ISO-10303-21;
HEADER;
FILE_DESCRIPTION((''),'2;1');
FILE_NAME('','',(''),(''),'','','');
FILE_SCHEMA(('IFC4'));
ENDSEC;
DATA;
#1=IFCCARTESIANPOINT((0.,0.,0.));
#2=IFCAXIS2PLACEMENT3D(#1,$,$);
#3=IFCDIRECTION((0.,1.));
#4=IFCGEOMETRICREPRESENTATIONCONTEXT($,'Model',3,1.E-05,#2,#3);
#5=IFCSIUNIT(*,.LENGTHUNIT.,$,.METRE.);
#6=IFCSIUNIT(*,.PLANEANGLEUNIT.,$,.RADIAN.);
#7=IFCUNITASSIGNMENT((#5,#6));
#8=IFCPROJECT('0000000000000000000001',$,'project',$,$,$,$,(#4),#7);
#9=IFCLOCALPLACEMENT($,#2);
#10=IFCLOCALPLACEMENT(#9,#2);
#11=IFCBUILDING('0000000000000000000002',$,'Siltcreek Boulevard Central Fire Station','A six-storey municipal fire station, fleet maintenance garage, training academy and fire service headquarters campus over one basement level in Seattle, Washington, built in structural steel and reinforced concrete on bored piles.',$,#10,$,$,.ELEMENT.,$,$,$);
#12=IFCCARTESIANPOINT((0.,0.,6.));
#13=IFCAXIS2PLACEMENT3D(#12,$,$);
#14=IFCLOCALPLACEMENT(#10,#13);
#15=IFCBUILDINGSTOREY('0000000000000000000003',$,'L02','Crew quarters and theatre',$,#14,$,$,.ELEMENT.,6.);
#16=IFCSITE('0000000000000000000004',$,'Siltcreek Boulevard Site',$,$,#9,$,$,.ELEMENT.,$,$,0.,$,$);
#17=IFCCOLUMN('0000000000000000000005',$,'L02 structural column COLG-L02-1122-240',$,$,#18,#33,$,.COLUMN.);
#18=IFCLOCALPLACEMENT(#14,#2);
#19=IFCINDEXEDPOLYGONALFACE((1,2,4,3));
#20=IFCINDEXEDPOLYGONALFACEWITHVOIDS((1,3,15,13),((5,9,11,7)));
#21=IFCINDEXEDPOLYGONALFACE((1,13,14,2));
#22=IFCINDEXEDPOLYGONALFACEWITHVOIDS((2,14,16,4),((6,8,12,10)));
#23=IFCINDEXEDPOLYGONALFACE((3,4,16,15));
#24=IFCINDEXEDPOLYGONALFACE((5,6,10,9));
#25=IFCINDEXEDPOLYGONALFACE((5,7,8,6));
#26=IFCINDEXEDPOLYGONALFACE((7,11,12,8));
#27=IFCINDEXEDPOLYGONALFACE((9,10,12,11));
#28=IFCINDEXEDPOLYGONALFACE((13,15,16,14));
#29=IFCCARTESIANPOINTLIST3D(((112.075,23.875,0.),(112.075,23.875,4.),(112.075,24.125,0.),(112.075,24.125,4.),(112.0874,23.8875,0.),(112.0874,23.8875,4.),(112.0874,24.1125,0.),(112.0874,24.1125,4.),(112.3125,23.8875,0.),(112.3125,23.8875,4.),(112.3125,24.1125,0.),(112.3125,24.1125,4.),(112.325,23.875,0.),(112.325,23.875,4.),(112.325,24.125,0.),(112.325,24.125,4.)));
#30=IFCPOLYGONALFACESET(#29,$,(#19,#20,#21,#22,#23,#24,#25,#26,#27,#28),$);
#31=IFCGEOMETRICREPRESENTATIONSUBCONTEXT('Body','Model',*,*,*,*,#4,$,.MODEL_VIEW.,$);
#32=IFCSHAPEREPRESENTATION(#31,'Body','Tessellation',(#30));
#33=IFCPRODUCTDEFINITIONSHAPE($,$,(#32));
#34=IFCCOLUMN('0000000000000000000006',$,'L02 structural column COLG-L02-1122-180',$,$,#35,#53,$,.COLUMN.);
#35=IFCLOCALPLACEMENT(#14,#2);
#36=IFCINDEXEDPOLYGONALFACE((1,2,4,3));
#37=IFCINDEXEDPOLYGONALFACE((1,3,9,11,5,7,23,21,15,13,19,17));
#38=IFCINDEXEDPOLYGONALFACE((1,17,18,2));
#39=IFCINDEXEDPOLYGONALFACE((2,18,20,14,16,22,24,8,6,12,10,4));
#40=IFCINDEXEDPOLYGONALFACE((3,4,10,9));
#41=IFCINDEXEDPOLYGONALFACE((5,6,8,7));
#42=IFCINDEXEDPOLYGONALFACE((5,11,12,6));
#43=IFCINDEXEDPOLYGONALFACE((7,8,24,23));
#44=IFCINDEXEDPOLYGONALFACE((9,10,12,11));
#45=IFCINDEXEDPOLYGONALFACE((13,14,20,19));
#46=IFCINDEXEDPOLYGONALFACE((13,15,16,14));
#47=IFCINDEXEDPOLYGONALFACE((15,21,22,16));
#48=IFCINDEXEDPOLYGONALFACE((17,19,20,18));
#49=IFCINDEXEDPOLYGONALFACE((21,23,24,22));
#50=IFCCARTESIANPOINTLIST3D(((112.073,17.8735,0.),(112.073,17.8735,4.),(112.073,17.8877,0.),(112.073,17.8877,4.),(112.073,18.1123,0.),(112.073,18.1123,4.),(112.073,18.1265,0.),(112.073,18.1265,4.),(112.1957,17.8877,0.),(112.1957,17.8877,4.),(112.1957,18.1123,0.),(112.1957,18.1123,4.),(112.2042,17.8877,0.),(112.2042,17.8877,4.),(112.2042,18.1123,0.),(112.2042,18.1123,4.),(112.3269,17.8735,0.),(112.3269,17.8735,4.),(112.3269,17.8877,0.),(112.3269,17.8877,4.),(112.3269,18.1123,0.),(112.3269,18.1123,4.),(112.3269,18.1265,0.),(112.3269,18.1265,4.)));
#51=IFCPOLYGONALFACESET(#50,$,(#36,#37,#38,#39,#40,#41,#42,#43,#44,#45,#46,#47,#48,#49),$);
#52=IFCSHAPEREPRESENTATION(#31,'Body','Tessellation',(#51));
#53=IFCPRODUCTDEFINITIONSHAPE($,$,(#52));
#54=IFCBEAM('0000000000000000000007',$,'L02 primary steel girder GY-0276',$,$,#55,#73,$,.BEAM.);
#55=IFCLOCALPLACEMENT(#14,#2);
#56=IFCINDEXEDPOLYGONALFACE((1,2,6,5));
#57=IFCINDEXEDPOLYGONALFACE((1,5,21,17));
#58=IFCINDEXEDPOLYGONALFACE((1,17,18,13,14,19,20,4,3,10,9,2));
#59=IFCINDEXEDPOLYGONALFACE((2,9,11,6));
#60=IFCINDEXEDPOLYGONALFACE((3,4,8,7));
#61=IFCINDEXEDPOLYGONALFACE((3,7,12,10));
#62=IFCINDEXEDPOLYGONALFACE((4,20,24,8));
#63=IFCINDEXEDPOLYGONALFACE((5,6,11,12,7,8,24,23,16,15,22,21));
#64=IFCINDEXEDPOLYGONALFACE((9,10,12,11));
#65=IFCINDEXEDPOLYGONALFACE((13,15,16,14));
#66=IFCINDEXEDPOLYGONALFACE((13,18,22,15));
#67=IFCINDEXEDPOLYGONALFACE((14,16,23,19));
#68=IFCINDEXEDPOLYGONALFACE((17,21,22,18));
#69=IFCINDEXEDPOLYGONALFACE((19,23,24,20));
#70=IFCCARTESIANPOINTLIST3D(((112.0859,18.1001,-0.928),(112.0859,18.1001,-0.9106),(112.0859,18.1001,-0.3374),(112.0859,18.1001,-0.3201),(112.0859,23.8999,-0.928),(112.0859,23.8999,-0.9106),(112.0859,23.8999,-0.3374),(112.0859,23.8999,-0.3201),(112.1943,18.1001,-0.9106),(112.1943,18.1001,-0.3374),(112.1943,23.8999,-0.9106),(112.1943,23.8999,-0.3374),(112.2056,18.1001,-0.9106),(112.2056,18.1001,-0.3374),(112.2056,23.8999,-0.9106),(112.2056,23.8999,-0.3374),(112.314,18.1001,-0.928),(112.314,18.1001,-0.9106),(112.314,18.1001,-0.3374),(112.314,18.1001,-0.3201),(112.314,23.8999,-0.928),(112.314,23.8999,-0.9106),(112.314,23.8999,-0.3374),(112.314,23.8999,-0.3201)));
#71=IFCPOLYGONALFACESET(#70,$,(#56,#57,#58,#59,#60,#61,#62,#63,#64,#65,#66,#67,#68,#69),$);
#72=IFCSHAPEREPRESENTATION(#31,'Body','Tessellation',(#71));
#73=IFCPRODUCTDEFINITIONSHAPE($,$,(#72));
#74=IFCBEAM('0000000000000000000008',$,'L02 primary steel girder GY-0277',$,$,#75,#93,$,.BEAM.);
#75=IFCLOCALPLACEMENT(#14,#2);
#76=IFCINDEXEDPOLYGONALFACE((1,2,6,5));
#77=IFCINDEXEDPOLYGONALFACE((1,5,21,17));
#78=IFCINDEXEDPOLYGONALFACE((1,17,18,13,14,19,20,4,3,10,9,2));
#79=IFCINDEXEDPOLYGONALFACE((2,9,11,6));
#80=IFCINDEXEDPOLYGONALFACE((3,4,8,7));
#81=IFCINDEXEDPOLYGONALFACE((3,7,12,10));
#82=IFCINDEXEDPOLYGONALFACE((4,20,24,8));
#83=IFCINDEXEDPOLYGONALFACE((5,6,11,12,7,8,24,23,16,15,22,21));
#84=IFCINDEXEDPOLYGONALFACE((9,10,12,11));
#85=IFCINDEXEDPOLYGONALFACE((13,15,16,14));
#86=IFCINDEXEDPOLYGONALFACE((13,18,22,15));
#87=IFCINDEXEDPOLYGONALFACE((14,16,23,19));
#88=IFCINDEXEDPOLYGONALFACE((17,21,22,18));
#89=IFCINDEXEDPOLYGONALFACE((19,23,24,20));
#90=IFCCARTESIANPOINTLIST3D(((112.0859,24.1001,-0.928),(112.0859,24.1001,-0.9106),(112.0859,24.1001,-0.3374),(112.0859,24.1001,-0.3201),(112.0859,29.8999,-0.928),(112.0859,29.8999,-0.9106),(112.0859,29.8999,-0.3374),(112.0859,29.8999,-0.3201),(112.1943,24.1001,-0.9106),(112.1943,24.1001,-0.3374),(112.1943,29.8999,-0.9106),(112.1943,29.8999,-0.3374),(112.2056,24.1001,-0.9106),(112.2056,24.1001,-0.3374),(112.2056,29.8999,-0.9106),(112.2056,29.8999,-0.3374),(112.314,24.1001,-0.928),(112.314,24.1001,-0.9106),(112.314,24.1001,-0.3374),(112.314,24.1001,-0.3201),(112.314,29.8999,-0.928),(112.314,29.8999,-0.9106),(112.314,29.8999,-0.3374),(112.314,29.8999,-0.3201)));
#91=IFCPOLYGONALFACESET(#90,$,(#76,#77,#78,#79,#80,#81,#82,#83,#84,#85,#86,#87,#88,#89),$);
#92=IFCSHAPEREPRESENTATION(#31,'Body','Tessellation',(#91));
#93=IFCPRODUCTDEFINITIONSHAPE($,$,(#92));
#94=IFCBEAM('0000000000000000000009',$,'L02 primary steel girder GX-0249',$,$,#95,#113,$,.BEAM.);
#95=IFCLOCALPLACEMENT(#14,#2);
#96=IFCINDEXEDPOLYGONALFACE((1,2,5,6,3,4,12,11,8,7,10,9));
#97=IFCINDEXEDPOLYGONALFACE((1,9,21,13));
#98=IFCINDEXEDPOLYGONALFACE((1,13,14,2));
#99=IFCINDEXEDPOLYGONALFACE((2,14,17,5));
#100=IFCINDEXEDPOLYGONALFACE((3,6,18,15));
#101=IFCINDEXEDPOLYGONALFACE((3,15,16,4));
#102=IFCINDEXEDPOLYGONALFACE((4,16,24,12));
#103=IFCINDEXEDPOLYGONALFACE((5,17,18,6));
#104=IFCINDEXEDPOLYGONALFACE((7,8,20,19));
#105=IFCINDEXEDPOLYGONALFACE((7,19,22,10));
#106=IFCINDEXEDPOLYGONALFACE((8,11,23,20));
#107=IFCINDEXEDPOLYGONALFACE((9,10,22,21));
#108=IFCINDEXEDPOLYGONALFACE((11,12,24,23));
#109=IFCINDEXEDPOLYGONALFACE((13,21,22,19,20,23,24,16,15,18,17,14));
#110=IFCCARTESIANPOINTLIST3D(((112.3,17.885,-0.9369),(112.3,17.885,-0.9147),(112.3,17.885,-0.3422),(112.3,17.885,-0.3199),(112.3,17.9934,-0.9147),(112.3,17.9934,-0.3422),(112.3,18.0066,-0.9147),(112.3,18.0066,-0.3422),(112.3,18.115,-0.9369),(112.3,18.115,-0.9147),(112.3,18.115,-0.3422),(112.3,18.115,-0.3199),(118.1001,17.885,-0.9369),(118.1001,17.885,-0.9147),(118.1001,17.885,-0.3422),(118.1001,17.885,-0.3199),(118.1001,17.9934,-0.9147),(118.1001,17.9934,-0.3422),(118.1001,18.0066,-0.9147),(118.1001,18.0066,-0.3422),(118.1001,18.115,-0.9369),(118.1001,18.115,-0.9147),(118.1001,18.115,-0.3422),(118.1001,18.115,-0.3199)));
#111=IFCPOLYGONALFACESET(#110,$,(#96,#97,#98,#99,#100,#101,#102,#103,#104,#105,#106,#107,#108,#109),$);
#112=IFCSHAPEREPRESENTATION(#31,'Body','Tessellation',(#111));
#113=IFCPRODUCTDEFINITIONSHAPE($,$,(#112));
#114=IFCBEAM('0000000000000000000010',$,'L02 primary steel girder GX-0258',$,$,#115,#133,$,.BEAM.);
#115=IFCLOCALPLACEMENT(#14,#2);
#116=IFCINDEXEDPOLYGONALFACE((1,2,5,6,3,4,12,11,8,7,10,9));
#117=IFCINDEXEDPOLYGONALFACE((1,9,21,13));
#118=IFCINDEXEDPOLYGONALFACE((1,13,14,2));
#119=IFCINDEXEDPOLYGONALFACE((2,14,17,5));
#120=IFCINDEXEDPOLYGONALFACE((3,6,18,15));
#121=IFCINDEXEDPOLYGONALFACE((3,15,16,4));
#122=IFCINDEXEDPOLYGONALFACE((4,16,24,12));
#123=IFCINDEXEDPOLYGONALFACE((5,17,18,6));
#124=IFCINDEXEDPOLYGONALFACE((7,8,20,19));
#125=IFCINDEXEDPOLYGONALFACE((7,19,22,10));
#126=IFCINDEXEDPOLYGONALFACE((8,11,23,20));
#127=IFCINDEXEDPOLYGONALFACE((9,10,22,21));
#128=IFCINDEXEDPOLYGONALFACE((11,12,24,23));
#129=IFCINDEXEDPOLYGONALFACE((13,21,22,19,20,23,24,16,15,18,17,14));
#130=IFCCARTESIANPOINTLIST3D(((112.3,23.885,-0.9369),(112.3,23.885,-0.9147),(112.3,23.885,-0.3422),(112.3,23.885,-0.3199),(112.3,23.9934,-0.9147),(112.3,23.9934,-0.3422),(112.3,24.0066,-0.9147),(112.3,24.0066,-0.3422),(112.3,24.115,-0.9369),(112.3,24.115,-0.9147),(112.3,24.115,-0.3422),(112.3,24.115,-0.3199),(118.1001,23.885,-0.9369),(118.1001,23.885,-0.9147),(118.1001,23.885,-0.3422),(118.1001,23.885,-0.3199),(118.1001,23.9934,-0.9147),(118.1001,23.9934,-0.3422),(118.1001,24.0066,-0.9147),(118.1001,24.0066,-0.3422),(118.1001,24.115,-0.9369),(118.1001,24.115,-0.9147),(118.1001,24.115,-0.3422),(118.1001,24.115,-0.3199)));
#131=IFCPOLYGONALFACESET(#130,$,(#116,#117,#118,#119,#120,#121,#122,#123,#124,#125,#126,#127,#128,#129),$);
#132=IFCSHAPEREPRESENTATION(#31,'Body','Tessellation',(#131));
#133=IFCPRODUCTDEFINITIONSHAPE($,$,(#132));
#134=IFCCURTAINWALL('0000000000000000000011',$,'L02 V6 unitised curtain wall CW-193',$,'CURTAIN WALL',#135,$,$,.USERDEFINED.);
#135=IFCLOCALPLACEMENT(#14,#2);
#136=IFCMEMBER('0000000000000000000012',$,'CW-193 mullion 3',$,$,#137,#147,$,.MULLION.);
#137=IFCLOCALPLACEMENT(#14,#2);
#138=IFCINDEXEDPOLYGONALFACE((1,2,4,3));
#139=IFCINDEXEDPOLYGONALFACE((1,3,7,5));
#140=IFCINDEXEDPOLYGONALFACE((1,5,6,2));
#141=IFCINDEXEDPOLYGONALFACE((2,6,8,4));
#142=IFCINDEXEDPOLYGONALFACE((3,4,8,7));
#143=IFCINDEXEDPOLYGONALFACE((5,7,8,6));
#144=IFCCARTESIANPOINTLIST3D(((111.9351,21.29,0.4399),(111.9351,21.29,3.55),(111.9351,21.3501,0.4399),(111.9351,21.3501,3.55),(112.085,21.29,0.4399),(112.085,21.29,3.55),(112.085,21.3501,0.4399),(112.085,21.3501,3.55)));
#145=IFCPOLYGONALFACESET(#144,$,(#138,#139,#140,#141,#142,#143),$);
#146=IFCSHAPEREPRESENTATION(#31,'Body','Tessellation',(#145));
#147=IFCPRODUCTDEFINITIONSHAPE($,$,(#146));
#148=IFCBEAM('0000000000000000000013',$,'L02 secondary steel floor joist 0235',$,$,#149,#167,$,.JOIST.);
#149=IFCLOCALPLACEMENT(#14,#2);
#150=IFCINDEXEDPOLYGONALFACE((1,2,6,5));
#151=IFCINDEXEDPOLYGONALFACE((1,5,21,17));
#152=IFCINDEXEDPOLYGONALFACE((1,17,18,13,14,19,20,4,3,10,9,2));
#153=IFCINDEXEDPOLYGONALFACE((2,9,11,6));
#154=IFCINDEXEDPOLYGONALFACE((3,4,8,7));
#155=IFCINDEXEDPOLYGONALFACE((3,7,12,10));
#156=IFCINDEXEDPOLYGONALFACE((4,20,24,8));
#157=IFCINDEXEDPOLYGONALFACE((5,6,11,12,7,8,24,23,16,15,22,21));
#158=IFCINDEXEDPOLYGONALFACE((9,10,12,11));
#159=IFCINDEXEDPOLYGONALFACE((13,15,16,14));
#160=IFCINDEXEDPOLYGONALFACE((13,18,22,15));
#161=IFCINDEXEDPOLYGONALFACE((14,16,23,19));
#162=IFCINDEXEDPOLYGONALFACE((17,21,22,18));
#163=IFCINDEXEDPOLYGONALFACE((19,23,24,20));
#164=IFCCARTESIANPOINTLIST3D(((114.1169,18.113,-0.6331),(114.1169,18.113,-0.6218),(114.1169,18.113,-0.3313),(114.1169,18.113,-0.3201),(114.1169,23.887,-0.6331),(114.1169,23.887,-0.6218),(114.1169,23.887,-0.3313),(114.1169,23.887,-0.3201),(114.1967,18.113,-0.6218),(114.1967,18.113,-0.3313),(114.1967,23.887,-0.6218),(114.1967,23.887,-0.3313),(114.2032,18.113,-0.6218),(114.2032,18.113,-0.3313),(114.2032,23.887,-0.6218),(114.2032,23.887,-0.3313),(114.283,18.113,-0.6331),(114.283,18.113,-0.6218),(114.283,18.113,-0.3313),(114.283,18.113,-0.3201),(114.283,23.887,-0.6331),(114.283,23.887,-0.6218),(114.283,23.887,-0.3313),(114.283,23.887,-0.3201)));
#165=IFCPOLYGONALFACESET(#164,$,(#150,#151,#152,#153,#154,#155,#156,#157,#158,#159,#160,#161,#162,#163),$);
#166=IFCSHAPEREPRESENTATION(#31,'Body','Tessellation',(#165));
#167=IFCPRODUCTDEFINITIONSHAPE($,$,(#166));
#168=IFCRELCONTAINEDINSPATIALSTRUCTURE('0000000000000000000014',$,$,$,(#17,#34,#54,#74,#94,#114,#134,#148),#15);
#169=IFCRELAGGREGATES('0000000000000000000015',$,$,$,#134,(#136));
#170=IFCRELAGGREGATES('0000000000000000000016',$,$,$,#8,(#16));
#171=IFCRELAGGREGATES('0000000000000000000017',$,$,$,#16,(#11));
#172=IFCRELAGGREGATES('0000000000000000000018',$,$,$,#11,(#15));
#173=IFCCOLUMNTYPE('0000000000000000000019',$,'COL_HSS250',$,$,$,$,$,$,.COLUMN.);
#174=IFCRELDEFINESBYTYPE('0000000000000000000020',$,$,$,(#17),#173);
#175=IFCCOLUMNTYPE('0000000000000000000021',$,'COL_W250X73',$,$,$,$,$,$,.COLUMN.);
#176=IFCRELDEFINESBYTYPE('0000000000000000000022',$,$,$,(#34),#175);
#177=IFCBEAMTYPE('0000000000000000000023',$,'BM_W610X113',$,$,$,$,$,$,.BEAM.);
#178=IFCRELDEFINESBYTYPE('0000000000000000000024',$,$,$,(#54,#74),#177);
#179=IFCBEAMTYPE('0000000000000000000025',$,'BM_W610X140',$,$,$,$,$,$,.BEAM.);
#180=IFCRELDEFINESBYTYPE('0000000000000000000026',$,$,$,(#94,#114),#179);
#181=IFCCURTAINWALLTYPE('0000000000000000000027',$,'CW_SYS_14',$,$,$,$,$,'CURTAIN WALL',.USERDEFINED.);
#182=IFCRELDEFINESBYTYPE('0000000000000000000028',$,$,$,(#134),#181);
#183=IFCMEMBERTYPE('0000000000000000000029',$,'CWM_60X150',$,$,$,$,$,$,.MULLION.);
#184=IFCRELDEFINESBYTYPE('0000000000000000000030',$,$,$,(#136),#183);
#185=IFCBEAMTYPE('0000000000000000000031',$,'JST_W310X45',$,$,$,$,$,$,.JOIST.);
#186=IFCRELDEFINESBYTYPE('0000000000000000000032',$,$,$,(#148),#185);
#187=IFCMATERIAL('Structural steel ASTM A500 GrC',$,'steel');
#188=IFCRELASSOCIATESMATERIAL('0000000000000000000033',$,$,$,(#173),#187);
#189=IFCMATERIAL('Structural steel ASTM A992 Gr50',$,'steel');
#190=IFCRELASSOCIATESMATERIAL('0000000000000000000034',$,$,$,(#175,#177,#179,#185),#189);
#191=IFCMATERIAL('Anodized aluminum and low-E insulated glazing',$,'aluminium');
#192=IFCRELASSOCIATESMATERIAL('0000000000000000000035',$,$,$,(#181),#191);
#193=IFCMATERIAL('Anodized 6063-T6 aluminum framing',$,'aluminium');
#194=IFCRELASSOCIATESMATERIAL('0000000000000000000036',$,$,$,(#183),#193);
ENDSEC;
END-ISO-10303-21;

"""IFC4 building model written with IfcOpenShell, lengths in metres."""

from ifc_helpers import new_model, si_unit, direction, frame, origin, origin_2d, place, context, subcontext, project, spatial, rectangle, hollow_rectangle, i_section, extrude, material, material_profile, profile_set, type_object, element, aggregate, save


model = new_model("IFC4")

# Units and contexts
model_context = context("Model", 3, precision=1e-05, world=origin(), true_north=direction((0.0, 1.0)))
body_context = subcontext(model_context, "Body", "Model", "MODEL_VIEW")
ifc_project = project(units=[si_unit("LENGTHUNIT", "METRE"), si_unit("PLANEANGLEUNIT", "RADIAN")], contexts=[model_context])

# Site, building, storey
site_placement = place(None, origin())
site = spatial("IfcSite", under=ifc_project, at=site_placement, Name="Siltcreek Boulevard Site", CompositionType="ELEMENT", RefElevation=0.0)
building_placement = place(site_placement, origin())
building = spatial("IfcBuilding", under=site, at=building_placement, Name="Siltcreek Boulevard Central Fire Station", Description="A six-storey municipal fire station, fleet maintenance garage, training academy and fire service headquarters campus over one basement level in Seattle, Washington, built in structural steel and reinforced concrete on bored piles.", CompositionType="ELEMENT")
storey_placement = place(building_placement, frame((0.0, 0.0, 6.0)))
storey = spatial("IfcBuildingStorey", under=building, at=storey_placement, Name="L02", Description="Crew quarters and theatre", CompositionType="ELEMENT", Elevation=6.0)

# Columns
ifc_material_1 = material(Name="Structural steel ASTM A500 GrC", Category="steel")
ifc_material_profile_1 = material_profile(ifc_material_1, hollow_rectangle(XDim=0.25, YDim=0.25, WallThickness=0.0125, at=origin_2d()), Name="HSS250X250X12.5")
ifc_profile_set_1 = profile_set([ifc_material_profile_1], Name="Structural steel ASTM A500 GrC")
column_type_1 = type_object("IfcColumnType", Name="COL_HSS250", PredefinedType="COLUMN", material=ifc_profile_set_1)
column_1_placement = place(storey_placement, frame((112.2, 24.0, 0.0), z_axis=(0.0, 0.0, 1.0), x_axis=(1.0, 0.0, 0.0)))
element("IfcColumn", 1, at=column_1_placement, inside=storey, type_object=column_type_1, Name="L02 structural column COLG-L02-1122-240", PredefinedType="COLUMN", context=body_context, shape_type="SweptSolid", body=[
    extrude(hollow_rectangle(XDim=0.25, YDim=0.25, WallThickness=0.0125, at=origin_2d()), origin(), (0.0, 0.0, 1.0), 4.0),
])
ifc_material_2 = material(Name="Structural steel ASTM A992 Gr50", Category="steel")
ifc_material_profile_2 = material_profile(ifc_material_2, i_section(OverallWidth=0.2539, OverallDepth=0.2529, WebThickness=0.0085, FlangeThickness=0.0142, at=origin_2d()), Name="W250X73")
ifc_profile_set_2 = profile_set([ifc_material_profile_2], Name="Structural steel ASTM A992 Gr50")
column_type_2 = type_object("IfcColumnType", Name="COL_W250X73", PredefinedType="COLUMN", material=ifc_profile_set_2)
column_2_placement = place(storey_placement, frame((112.2, 18.0, 0.0), z_axis=(0.0, 0.0, 1.0), x_axis=(1.0, 0.0, 0.0)))
element("IfcColumn", 2, at=column_2_placement, inside=storey, type_object=column_type_2, Name="L02 structural column COLG-L02-1122-180", PredefinedType="COLUMN", context=body_context, shape_type="SweptSolid", body=[
    extrude(i_section(OverallWidth=0.2539, OverallDepth=0.2529, WebThickness=0.0085, FlangeThickness=0.0142, at=origin_2d()), origin(), (0.0, 0.0, 1.0), 4.0),
])

# Beams
ifc_material_profile_3 = material_profile(ifc_material_2, i_section(OverallWidth=0.228, OverallDepth=0.6079, WebThickness=0.0112, FlangeThickness=0.0173, at=origin_2d()), Name="W610X113")
ifc_profile_set_3 = profile_set([ifc_material_profile_3], Name="Structural steel ASTM A992 Gr50")
beam_type_1 = type_object("IfcBeamType", Name="BM_W610X113", PredefinedType="BEAM", material=ifc_profile_set_3)
for number, where, z_axis, x_axis, name in (
    (3, (112.2, 18.1001, -0.624), (0.0, 1.0, 0.0), (-1.0, 0.0, 0.0), "L02 primary steel girder GY-0276"),
    (4, (112.2, 24.1001, -0.624), (0.0, 1.0, 0.0), (-1.0, 0.0, 0.0), "L02 primary steel girder GY-0277"),
):
    element("IfcBeam", number, at=place(storey_placement, frame(where, z_axis=z_axis, x_axis=x_axis)), inside=storey, type_object=beam_type_1, Name=name, PredefinedType="BEAM", context=body_context, shape_type="SweptSolid", body=[
        extrude(i_section(OverallWidth=0.228, OverallDepth=0.6079, WebThickness=0.0112, FlangeThickness=0.0173, at=origin_2d()), origin(), (0.0, 0.0, 1.0), 5.7998),
    ])
ifc_material_profile_4 = material_profile(ifc_material_2, i_section(OverallWidth=0.23, OverallDepth=0.6169, WebThickness=0.0132, FlangeThickness=0.0222, at=origin_2d()), Name="W610X140")
ifc_profile_set_4 = profile_set([ifc_material_profile_4], Name="Structural steel ASTM A992 Gr50")
beam_type_2 = type_object("IfcBeamType", Name="BM_W610X140", PredefinedType="BEAM", material=ifc_profile_set_4)
for number, where, z_axis, x_axis, name in (
    (5, (112.3, 18.0, -0.6284), (1.0, 0.0, 0.0), (0.0, 1.0, 0.0), "L02 primary steel girder GX-0249"),
    (6, (112.3, 24.0, -0.6284), (1.0, 0.0, 0.0), (0.0, 1.0, 0.0), "L02 primary steel girder GX-0258"),
):
    element("IfcBeam", number, at=place(storey_placement, frame(where, z_axis=z_axis, x_axis=x_axis)), inside=storey, type_object=beam_type_2, Name=name, PredefinedType="BEAM", context=body_context, shape_type="SweptSolid", body=[
        extrude(i_section(OverallWidth=0.23, OverallDepth=0.6169, WebThickness=0.0132, FlangeThickness=0.0222, at=origin_2d()), origin(), (0.0, 0.0, 1.0), 5.8),
    ])

# Curtain wall, member
ifc_material_3 = material(Name="Anodized aluminum and low-E insulated glazing", Category="aluminium")
curtain_wall_type = type_object("IfcCurtainWallType", Name="CW_SYS_14", ElementType="CURTAIN WALL", PredefinedType="USERDEFINED", material=ifc_material_3)
curtain_wall_placement = place(storey_placement, origin())
curtain_wall = element("IfcCurtainWall", 7, at=curtain_wall_placement, inside=storey, type_object=curtain_wall_type, Name="L02 V6 unitised curtain wall CW-193", ObjectType="CURTAIN WALL", PredefinedType="USERDEFINED")
ifc_material_4 = material(Name="Anodized 6063-T6 aluminum framing", Category="aluminium")
ifc_material_profile_5 = material_profile(ifc_material_4, rectangle(XDim=0.0601, YDim=0.1499, at=origin_2d()), Name="MULL60X150")
ifc_profile_set_5 = profile_set([ifc_material_profile_5], Name="Anodized 6063-T6 aluminum framing")
member_type = type_object("IfcMemberType", Name="CWM_60X150", PredefinedType="MULLION", material=ifc_profile_set_5)
member_placement = place(storey_placement, frame((112.01, 21.3201, 0.4399), z_axis=(0.0, 0.0, 1.0), x_axis=(0.0, 1.0, 0.0)))
member = element("IfcMember", 8, at=member_placement, type_object=member_type, Name="CW-193 mullion 3", PredefinedType="MULLION", context=body_context, shape_type="SweptSolid", body=[
    extrude(rectangle(XDim=0.0601, YDim=0.1499, at=origin_2d()), origin(), (0.0, 0.0, 1.0), 3.1101),
])

# Beam
ifc_material_profile_6 = material_profile(ifc_material_2, i_section(OverallWidth=0.166, OverallDepth=0.313, WebThickness=0.0066, FlangeThickness=0.0112, at=origin_2d()), Name="W310X45")
ifc_profile_set_6 = profile_set([ifc_material_profile_6], Name="Structural steel ASTM A992 Gr50")
beam_type_3 = type_object("IfcBeamType", Name="JST_W310X45", PredefinedType="JOIST", material=ifc_profile_set_6)
beam_1_placement = place(storey_placement, frame((114.2, 18.113, -0.4766), z_axis=(0.0, 1.0, 0.0), x_axis=(-1.0, 0.0, 0.0)))
element("IfcBeam", 9, at=beam_1_placement, inside=storey, type_object=beam_type_3, Name="L02 secondary steel floor joist 0235", PredefinedType="JOIST", context=body_context, shape_type="SweptSolid", body=[
    extrude(i_section(OverallWidth=0.166, OverallDepth=0.313, WebThickness=0.0066, FlangeThickness=0.0112, at=origin_2d()), origin(), (0.0, 0.0, 1.0), 5.7739),
])

aggregate(curtain_wall, [member])

save(model, "model.ifc")
